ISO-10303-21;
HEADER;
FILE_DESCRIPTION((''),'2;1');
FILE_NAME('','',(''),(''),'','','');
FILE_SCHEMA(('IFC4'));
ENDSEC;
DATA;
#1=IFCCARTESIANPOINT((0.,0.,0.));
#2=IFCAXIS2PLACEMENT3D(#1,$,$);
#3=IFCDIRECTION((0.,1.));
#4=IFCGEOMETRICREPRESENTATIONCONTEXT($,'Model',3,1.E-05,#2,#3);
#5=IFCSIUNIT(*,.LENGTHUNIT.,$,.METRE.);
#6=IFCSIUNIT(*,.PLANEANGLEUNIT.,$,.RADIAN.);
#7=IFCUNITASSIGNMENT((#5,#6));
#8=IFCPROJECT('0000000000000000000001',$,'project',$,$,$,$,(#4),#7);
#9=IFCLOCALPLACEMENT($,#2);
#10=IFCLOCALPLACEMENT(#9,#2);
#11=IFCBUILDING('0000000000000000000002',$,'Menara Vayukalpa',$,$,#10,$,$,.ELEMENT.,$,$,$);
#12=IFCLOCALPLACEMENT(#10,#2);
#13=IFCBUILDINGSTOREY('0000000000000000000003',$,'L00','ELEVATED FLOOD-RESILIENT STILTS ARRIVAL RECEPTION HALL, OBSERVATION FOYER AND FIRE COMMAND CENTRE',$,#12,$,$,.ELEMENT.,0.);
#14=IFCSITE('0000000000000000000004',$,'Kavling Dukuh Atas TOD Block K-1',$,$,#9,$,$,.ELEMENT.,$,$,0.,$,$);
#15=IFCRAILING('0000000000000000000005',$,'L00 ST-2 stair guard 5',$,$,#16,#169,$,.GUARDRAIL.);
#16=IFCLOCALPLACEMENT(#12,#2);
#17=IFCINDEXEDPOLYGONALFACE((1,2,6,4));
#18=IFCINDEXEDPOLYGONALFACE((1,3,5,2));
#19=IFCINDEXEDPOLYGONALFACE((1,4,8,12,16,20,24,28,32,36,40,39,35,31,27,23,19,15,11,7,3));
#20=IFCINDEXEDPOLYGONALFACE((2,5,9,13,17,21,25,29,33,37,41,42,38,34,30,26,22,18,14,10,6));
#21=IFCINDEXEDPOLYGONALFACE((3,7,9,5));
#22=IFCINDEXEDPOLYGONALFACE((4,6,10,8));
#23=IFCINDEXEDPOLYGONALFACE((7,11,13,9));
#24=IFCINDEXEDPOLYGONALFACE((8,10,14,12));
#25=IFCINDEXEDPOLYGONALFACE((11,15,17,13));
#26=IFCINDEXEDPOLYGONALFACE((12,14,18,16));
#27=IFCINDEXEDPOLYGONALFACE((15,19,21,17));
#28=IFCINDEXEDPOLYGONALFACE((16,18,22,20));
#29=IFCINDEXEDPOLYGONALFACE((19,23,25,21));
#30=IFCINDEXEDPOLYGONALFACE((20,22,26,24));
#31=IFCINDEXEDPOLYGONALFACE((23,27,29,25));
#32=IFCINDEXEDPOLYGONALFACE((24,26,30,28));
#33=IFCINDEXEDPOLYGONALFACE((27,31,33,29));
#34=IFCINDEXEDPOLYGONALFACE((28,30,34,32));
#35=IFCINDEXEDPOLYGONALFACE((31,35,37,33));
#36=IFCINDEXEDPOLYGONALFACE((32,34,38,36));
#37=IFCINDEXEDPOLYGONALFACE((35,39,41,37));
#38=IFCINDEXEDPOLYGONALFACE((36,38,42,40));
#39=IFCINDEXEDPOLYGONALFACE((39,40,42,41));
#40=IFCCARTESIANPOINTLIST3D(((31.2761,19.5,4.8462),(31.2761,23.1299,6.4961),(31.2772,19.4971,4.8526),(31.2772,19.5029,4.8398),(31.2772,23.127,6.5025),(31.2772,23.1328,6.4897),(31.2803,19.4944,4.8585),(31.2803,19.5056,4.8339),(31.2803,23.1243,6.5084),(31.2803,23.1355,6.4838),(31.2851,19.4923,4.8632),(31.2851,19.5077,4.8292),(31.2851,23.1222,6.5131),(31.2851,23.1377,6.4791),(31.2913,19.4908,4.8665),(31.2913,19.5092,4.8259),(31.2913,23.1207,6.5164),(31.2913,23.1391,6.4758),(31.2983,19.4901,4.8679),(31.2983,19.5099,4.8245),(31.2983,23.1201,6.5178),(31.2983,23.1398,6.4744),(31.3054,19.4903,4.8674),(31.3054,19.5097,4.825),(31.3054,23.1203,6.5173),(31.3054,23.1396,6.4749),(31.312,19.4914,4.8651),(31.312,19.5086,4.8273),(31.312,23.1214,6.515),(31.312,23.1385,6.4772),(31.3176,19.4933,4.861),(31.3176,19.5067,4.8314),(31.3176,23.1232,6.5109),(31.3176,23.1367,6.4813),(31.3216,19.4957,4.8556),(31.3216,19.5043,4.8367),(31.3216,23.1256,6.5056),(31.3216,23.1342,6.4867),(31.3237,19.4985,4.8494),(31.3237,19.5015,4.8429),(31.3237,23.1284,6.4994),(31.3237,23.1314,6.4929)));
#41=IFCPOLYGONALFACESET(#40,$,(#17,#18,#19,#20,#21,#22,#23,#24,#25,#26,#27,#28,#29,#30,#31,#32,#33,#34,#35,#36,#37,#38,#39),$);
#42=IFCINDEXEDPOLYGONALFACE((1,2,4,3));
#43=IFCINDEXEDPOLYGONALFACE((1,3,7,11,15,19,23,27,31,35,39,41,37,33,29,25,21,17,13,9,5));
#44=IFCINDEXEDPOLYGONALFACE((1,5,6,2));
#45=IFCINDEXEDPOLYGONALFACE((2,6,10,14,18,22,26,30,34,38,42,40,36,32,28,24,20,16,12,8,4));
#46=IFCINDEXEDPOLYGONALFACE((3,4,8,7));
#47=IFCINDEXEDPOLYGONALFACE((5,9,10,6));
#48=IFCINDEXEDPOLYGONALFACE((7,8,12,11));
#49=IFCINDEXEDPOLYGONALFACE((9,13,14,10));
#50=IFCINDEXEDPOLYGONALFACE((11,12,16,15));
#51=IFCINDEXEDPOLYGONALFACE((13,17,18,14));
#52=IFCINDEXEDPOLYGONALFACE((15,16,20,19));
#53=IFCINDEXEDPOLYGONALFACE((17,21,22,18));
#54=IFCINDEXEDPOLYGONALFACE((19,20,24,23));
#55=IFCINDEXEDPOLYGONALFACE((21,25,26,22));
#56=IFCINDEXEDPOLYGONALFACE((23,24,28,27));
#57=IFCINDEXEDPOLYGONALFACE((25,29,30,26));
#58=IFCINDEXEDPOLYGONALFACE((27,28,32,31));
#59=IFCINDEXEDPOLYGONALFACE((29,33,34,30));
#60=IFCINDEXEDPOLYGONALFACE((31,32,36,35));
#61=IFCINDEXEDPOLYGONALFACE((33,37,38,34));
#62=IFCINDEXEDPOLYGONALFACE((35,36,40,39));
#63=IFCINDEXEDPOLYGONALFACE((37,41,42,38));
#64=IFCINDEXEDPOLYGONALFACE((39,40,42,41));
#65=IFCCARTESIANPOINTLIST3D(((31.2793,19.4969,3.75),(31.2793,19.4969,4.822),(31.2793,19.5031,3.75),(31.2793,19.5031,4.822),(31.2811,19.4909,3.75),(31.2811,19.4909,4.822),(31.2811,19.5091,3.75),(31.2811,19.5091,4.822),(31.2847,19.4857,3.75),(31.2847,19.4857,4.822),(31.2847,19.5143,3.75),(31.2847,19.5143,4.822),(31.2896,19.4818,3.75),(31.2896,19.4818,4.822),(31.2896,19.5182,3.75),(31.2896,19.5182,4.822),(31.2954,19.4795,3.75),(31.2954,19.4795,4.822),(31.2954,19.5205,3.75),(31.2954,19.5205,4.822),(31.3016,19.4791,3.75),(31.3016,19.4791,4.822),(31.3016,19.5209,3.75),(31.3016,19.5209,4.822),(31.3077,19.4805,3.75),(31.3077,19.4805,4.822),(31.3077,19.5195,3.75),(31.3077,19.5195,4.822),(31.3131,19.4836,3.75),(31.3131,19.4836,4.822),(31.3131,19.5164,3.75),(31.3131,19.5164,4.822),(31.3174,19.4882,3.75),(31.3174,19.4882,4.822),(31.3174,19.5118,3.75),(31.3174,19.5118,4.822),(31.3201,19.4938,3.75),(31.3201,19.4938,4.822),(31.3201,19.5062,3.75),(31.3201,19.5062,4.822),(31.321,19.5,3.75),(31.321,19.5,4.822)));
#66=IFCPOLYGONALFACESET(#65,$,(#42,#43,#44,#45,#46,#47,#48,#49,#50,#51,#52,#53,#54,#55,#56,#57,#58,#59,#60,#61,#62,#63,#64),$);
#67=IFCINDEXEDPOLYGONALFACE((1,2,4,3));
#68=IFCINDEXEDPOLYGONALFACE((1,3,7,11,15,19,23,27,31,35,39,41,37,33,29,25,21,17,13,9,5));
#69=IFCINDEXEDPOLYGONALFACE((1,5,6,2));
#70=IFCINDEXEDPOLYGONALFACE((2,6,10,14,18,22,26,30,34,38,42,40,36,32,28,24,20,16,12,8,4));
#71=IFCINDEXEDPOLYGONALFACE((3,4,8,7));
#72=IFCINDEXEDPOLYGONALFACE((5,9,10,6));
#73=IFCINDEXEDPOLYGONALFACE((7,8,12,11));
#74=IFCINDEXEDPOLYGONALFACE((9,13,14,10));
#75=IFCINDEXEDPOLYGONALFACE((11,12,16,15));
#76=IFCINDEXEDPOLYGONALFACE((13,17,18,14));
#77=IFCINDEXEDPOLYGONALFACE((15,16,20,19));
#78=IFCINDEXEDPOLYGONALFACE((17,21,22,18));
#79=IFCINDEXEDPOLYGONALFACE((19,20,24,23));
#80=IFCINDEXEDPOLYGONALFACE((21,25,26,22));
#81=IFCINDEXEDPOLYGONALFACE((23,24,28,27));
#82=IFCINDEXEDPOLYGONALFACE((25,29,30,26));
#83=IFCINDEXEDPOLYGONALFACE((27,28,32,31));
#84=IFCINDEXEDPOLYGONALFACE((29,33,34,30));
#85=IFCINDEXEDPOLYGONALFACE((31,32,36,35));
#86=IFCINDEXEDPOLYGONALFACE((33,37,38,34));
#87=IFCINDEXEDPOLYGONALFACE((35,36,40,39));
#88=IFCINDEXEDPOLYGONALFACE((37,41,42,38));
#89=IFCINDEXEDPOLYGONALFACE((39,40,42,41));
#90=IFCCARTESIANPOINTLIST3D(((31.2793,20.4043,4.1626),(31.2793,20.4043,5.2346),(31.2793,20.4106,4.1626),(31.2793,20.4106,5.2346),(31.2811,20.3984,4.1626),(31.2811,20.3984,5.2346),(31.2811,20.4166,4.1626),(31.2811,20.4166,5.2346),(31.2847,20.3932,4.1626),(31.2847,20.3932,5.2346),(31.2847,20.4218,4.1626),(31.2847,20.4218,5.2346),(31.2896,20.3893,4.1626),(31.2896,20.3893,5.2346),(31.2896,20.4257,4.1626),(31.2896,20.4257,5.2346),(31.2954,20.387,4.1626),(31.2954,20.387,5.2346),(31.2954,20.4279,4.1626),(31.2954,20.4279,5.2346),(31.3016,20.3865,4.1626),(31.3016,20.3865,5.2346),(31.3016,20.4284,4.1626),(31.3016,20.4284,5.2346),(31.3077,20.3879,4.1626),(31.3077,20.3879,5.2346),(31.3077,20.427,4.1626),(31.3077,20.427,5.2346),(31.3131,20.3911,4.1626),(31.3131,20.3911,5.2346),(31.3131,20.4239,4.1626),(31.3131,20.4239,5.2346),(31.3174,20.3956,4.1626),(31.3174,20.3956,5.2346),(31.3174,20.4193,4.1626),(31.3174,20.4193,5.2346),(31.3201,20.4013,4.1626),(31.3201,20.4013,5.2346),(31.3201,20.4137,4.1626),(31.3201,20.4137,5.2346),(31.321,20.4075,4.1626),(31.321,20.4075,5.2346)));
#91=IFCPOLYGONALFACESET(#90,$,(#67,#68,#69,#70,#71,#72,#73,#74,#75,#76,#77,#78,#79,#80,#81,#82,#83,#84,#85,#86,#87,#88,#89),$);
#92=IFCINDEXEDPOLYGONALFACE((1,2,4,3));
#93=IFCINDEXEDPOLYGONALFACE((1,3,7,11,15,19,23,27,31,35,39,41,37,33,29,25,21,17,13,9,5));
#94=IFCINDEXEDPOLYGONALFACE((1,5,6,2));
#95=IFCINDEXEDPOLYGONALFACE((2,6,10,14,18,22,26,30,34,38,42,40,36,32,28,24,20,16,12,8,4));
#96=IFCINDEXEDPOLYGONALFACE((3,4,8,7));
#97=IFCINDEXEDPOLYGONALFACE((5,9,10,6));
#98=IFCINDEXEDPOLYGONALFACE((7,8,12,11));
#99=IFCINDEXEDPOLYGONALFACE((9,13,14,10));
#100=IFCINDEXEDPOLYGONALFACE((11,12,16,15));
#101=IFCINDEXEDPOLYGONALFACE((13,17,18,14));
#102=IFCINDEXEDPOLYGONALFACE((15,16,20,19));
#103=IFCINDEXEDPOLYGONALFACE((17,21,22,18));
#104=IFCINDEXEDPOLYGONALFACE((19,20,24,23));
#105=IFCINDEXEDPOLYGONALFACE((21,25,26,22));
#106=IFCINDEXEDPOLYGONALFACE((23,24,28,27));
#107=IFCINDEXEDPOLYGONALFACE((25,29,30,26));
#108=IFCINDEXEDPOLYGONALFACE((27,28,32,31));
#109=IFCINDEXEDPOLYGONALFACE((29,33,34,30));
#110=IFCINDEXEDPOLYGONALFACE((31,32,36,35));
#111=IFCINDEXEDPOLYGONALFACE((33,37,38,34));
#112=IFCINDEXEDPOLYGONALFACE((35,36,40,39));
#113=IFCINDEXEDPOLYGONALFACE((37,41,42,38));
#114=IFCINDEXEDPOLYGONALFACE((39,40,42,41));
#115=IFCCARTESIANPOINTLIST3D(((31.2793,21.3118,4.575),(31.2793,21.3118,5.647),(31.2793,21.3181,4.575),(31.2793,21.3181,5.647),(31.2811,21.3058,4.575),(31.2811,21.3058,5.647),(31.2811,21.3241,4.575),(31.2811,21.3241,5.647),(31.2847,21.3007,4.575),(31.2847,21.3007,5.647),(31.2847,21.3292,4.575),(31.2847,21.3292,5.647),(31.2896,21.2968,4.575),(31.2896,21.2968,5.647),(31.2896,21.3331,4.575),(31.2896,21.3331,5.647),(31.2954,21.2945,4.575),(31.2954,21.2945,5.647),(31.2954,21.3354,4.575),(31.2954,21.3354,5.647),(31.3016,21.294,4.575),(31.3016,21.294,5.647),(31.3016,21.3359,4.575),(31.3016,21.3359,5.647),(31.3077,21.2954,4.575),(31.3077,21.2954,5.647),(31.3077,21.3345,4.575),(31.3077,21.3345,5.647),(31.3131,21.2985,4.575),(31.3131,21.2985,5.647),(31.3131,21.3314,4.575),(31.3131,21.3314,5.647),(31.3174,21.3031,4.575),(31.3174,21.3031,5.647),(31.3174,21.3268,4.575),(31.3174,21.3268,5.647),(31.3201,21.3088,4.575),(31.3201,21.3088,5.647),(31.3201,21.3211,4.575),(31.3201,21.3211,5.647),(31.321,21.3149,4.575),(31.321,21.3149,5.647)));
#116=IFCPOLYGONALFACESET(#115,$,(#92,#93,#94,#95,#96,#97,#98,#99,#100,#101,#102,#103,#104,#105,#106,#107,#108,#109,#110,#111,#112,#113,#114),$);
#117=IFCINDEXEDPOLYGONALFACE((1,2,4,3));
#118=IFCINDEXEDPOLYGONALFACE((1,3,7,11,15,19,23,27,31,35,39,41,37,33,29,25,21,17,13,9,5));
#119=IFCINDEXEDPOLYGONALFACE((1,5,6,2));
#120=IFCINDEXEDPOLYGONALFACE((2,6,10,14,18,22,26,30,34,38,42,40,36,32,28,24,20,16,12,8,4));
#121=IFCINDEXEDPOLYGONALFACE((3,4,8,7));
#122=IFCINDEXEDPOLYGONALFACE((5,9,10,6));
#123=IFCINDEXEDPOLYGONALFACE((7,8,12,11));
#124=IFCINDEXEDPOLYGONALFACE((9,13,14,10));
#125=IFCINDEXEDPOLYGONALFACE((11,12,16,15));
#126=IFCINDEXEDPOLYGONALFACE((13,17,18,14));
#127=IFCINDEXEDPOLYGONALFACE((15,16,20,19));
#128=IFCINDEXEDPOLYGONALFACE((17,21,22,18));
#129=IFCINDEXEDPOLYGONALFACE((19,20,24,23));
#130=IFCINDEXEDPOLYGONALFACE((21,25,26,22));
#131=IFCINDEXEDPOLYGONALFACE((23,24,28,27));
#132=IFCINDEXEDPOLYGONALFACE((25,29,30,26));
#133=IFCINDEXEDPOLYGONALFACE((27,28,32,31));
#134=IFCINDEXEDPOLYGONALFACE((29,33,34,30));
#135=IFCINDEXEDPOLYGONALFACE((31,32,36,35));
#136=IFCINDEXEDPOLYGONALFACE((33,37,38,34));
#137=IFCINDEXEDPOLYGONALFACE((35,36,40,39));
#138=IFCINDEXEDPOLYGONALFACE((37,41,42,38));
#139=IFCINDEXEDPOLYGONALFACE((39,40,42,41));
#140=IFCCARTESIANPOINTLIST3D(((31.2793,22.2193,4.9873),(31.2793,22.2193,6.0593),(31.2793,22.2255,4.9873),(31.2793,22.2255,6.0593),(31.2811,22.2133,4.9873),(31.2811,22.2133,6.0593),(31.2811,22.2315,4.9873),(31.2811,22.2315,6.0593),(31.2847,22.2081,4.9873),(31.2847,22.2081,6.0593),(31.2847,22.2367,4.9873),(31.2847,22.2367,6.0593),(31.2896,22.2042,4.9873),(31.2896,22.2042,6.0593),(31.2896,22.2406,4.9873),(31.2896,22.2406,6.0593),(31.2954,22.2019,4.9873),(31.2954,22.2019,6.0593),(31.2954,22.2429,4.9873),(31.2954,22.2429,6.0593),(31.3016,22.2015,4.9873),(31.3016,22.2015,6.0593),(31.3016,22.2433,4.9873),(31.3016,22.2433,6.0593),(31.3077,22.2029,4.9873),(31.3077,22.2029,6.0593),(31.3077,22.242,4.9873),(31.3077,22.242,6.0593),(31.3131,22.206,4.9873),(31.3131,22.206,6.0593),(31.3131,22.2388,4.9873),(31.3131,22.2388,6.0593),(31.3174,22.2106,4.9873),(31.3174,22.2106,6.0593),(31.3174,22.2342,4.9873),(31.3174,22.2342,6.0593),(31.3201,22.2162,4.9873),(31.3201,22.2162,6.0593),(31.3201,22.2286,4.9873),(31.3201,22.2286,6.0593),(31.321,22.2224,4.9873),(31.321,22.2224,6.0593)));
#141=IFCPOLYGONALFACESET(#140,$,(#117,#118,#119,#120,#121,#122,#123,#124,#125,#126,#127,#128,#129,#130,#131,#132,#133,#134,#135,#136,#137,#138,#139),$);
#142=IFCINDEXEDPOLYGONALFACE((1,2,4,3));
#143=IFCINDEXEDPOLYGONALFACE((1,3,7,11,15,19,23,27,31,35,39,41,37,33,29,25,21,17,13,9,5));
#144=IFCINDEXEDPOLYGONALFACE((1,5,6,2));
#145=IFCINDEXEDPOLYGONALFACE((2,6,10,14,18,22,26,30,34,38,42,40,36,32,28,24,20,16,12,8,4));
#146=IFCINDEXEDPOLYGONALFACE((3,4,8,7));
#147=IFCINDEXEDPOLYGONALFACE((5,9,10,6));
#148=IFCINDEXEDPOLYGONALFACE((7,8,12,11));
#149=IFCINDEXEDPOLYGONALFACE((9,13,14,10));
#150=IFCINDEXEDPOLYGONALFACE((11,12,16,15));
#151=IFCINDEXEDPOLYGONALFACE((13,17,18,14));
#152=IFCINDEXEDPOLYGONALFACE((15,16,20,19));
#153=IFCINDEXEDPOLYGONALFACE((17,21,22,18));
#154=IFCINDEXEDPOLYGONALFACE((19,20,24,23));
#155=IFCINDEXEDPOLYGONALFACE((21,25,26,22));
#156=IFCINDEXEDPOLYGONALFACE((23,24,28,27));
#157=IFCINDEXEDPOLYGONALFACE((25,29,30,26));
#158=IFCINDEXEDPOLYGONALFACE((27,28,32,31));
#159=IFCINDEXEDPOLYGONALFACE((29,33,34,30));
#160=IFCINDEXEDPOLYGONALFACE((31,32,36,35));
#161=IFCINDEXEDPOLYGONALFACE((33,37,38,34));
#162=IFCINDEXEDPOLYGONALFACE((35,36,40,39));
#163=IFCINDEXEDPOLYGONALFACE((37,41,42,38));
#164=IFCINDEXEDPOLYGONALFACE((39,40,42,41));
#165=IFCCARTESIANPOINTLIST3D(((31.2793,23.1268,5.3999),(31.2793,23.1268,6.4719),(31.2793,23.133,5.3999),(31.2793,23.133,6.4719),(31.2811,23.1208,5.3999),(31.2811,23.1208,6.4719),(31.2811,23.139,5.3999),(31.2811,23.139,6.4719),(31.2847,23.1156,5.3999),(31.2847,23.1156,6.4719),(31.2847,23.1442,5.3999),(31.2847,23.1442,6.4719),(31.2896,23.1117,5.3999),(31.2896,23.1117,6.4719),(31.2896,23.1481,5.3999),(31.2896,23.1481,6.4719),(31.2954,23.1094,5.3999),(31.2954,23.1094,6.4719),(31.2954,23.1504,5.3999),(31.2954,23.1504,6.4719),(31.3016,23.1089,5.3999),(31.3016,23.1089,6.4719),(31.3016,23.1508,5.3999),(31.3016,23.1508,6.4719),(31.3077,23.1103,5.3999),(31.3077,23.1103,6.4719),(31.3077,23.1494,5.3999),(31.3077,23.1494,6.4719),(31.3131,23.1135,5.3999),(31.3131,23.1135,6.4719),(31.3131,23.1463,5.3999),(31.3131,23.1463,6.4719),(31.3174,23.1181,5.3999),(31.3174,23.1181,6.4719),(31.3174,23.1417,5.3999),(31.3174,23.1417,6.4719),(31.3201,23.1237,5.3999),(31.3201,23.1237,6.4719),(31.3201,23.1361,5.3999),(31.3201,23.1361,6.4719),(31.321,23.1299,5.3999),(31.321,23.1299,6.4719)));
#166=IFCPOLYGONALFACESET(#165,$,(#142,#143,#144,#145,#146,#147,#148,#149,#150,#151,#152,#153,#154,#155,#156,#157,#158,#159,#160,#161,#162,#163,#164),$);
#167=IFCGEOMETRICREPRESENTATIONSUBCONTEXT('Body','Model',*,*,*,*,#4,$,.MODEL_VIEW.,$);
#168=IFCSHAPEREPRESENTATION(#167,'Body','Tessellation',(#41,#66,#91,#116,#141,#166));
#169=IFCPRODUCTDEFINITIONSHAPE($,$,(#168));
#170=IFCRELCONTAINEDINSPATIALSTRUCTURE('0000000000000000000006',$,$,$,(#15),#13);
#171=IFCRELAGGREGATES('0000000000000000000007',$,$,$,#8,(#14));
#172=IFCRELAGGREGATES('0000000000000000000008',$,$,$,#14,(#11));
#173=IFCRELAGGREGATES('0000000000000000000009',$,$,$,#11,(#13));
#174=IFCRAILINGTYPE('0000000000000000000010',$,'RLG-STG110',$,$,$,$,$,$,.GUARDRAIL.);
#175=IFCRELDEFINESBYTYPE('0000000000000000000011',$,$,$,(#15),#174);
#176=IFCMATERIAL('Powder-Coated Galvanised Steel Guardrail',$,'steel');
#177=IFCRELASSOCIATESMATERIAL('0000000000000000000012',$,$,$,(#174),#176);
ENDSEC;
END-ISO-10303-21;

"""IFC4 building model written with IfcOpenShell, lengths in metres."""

from ifc_helpers import new_model, si_unit, direction, frame, origin, origin_2d, place, context, subcontext, project, spatial, circle, extrude, material, type_object, element, save


model = new_model("IFC4")

# Units and contexts
model_context = context("Model", 3, precision=1e-05, world=origin(), true_north=direction((0.0, 1.0)))
body_context = subcontext(model_context, "Body", "Model", "MODEL_VIEW")
ifc_project = project(units=[si_unit("LENGTHUNIT", "METRE"), si_unit("PLANEANGLEUNIT", "RADIAN")], contexts=[model_context])

# Site, building, storey
site_placement = place(None, origin())
site = spatial("IfcSite", under=ifc_project, at=site_placement, Name="Kavling Dukuh Atas TOD Block K-1", CompositionType="ELEMENT", RefElevation=0.0)
building_placement = place(site_placement, origin())
building = spatial("IfcBuilding", under=site, at=building_placement, Name="Menara Vayukalpa", CompositionType="ELEMENT")
storey_placement = place(building_placement, origin())
storey = spatial("IfcBuildingStorey", under=building, at=storey_placement, Name="L00", Description="ELEVATED FLOOD-RESILIENT STILTS ARRIVAL RECEPTION HALL, OBSERVATION FOYER AND FIRE COMMAND CENTRE", CompositionType="ELEMENT", Elevation=0.0)

# Railing
ifc_material_1 = material(Name="Powder-Coated Galvanised Steel Guardrail", Category="steel")
railing_type_1 = type_object("IfcRailingType", Name="RLG-STG110", PredefinedType="GUARDRAIL", material=ifc_material_1)
railing_1_placement = place(storey_placement, frame((31.3, 19.5, 3.75)))
element("IfcRailing", 1, at=railing_1_placement, inside=storey, type_object=railing_type_1, Name="L00 ST-2 stair guard 5", PredefinedType="GUARDRAIL", context=body_context, shape_type="SweptSolid", body=[
    extrude(circle(Radius=0.0239, at=origin_2d()), frame((0.0, 0.0, 1.0962), z_axis=(0.0, 0.910371, 0.413794), x_axis=(-1.0, 0.0, 0.0)), (0.0, 0.0, 1.0), 3.9873),
    extrude(circle(Radius=0.021, at=origin_2d()), origin(), (0.0, 0.0, 1.0), 1.072),
    extrude(circle(Radius=0.021, at=origin_2d()), frame((0.0, 0.9075, 0.4126)), (0.0, 0.0, 1.0), 1.072),
    extrude(circle(Radius=0.021, at=origin_2d()), frame((0.0, 1.8149, 0.825)), (0.0, 0.0, 1.0), 1.072),
    extrude(circle(Radius=0.021, at=origin_2d()), frame((0.0, 2.7224, 1.2373)), (0.0, 0.0, 1.0), 1.072),
    extrude(circle(Radius=0.021, at=origin_2d()), frame((0.0, 3.6299, 1.6499)), (0.0, 0.0, 1.0), 1.072),
])

save(model, "model.ifc")
